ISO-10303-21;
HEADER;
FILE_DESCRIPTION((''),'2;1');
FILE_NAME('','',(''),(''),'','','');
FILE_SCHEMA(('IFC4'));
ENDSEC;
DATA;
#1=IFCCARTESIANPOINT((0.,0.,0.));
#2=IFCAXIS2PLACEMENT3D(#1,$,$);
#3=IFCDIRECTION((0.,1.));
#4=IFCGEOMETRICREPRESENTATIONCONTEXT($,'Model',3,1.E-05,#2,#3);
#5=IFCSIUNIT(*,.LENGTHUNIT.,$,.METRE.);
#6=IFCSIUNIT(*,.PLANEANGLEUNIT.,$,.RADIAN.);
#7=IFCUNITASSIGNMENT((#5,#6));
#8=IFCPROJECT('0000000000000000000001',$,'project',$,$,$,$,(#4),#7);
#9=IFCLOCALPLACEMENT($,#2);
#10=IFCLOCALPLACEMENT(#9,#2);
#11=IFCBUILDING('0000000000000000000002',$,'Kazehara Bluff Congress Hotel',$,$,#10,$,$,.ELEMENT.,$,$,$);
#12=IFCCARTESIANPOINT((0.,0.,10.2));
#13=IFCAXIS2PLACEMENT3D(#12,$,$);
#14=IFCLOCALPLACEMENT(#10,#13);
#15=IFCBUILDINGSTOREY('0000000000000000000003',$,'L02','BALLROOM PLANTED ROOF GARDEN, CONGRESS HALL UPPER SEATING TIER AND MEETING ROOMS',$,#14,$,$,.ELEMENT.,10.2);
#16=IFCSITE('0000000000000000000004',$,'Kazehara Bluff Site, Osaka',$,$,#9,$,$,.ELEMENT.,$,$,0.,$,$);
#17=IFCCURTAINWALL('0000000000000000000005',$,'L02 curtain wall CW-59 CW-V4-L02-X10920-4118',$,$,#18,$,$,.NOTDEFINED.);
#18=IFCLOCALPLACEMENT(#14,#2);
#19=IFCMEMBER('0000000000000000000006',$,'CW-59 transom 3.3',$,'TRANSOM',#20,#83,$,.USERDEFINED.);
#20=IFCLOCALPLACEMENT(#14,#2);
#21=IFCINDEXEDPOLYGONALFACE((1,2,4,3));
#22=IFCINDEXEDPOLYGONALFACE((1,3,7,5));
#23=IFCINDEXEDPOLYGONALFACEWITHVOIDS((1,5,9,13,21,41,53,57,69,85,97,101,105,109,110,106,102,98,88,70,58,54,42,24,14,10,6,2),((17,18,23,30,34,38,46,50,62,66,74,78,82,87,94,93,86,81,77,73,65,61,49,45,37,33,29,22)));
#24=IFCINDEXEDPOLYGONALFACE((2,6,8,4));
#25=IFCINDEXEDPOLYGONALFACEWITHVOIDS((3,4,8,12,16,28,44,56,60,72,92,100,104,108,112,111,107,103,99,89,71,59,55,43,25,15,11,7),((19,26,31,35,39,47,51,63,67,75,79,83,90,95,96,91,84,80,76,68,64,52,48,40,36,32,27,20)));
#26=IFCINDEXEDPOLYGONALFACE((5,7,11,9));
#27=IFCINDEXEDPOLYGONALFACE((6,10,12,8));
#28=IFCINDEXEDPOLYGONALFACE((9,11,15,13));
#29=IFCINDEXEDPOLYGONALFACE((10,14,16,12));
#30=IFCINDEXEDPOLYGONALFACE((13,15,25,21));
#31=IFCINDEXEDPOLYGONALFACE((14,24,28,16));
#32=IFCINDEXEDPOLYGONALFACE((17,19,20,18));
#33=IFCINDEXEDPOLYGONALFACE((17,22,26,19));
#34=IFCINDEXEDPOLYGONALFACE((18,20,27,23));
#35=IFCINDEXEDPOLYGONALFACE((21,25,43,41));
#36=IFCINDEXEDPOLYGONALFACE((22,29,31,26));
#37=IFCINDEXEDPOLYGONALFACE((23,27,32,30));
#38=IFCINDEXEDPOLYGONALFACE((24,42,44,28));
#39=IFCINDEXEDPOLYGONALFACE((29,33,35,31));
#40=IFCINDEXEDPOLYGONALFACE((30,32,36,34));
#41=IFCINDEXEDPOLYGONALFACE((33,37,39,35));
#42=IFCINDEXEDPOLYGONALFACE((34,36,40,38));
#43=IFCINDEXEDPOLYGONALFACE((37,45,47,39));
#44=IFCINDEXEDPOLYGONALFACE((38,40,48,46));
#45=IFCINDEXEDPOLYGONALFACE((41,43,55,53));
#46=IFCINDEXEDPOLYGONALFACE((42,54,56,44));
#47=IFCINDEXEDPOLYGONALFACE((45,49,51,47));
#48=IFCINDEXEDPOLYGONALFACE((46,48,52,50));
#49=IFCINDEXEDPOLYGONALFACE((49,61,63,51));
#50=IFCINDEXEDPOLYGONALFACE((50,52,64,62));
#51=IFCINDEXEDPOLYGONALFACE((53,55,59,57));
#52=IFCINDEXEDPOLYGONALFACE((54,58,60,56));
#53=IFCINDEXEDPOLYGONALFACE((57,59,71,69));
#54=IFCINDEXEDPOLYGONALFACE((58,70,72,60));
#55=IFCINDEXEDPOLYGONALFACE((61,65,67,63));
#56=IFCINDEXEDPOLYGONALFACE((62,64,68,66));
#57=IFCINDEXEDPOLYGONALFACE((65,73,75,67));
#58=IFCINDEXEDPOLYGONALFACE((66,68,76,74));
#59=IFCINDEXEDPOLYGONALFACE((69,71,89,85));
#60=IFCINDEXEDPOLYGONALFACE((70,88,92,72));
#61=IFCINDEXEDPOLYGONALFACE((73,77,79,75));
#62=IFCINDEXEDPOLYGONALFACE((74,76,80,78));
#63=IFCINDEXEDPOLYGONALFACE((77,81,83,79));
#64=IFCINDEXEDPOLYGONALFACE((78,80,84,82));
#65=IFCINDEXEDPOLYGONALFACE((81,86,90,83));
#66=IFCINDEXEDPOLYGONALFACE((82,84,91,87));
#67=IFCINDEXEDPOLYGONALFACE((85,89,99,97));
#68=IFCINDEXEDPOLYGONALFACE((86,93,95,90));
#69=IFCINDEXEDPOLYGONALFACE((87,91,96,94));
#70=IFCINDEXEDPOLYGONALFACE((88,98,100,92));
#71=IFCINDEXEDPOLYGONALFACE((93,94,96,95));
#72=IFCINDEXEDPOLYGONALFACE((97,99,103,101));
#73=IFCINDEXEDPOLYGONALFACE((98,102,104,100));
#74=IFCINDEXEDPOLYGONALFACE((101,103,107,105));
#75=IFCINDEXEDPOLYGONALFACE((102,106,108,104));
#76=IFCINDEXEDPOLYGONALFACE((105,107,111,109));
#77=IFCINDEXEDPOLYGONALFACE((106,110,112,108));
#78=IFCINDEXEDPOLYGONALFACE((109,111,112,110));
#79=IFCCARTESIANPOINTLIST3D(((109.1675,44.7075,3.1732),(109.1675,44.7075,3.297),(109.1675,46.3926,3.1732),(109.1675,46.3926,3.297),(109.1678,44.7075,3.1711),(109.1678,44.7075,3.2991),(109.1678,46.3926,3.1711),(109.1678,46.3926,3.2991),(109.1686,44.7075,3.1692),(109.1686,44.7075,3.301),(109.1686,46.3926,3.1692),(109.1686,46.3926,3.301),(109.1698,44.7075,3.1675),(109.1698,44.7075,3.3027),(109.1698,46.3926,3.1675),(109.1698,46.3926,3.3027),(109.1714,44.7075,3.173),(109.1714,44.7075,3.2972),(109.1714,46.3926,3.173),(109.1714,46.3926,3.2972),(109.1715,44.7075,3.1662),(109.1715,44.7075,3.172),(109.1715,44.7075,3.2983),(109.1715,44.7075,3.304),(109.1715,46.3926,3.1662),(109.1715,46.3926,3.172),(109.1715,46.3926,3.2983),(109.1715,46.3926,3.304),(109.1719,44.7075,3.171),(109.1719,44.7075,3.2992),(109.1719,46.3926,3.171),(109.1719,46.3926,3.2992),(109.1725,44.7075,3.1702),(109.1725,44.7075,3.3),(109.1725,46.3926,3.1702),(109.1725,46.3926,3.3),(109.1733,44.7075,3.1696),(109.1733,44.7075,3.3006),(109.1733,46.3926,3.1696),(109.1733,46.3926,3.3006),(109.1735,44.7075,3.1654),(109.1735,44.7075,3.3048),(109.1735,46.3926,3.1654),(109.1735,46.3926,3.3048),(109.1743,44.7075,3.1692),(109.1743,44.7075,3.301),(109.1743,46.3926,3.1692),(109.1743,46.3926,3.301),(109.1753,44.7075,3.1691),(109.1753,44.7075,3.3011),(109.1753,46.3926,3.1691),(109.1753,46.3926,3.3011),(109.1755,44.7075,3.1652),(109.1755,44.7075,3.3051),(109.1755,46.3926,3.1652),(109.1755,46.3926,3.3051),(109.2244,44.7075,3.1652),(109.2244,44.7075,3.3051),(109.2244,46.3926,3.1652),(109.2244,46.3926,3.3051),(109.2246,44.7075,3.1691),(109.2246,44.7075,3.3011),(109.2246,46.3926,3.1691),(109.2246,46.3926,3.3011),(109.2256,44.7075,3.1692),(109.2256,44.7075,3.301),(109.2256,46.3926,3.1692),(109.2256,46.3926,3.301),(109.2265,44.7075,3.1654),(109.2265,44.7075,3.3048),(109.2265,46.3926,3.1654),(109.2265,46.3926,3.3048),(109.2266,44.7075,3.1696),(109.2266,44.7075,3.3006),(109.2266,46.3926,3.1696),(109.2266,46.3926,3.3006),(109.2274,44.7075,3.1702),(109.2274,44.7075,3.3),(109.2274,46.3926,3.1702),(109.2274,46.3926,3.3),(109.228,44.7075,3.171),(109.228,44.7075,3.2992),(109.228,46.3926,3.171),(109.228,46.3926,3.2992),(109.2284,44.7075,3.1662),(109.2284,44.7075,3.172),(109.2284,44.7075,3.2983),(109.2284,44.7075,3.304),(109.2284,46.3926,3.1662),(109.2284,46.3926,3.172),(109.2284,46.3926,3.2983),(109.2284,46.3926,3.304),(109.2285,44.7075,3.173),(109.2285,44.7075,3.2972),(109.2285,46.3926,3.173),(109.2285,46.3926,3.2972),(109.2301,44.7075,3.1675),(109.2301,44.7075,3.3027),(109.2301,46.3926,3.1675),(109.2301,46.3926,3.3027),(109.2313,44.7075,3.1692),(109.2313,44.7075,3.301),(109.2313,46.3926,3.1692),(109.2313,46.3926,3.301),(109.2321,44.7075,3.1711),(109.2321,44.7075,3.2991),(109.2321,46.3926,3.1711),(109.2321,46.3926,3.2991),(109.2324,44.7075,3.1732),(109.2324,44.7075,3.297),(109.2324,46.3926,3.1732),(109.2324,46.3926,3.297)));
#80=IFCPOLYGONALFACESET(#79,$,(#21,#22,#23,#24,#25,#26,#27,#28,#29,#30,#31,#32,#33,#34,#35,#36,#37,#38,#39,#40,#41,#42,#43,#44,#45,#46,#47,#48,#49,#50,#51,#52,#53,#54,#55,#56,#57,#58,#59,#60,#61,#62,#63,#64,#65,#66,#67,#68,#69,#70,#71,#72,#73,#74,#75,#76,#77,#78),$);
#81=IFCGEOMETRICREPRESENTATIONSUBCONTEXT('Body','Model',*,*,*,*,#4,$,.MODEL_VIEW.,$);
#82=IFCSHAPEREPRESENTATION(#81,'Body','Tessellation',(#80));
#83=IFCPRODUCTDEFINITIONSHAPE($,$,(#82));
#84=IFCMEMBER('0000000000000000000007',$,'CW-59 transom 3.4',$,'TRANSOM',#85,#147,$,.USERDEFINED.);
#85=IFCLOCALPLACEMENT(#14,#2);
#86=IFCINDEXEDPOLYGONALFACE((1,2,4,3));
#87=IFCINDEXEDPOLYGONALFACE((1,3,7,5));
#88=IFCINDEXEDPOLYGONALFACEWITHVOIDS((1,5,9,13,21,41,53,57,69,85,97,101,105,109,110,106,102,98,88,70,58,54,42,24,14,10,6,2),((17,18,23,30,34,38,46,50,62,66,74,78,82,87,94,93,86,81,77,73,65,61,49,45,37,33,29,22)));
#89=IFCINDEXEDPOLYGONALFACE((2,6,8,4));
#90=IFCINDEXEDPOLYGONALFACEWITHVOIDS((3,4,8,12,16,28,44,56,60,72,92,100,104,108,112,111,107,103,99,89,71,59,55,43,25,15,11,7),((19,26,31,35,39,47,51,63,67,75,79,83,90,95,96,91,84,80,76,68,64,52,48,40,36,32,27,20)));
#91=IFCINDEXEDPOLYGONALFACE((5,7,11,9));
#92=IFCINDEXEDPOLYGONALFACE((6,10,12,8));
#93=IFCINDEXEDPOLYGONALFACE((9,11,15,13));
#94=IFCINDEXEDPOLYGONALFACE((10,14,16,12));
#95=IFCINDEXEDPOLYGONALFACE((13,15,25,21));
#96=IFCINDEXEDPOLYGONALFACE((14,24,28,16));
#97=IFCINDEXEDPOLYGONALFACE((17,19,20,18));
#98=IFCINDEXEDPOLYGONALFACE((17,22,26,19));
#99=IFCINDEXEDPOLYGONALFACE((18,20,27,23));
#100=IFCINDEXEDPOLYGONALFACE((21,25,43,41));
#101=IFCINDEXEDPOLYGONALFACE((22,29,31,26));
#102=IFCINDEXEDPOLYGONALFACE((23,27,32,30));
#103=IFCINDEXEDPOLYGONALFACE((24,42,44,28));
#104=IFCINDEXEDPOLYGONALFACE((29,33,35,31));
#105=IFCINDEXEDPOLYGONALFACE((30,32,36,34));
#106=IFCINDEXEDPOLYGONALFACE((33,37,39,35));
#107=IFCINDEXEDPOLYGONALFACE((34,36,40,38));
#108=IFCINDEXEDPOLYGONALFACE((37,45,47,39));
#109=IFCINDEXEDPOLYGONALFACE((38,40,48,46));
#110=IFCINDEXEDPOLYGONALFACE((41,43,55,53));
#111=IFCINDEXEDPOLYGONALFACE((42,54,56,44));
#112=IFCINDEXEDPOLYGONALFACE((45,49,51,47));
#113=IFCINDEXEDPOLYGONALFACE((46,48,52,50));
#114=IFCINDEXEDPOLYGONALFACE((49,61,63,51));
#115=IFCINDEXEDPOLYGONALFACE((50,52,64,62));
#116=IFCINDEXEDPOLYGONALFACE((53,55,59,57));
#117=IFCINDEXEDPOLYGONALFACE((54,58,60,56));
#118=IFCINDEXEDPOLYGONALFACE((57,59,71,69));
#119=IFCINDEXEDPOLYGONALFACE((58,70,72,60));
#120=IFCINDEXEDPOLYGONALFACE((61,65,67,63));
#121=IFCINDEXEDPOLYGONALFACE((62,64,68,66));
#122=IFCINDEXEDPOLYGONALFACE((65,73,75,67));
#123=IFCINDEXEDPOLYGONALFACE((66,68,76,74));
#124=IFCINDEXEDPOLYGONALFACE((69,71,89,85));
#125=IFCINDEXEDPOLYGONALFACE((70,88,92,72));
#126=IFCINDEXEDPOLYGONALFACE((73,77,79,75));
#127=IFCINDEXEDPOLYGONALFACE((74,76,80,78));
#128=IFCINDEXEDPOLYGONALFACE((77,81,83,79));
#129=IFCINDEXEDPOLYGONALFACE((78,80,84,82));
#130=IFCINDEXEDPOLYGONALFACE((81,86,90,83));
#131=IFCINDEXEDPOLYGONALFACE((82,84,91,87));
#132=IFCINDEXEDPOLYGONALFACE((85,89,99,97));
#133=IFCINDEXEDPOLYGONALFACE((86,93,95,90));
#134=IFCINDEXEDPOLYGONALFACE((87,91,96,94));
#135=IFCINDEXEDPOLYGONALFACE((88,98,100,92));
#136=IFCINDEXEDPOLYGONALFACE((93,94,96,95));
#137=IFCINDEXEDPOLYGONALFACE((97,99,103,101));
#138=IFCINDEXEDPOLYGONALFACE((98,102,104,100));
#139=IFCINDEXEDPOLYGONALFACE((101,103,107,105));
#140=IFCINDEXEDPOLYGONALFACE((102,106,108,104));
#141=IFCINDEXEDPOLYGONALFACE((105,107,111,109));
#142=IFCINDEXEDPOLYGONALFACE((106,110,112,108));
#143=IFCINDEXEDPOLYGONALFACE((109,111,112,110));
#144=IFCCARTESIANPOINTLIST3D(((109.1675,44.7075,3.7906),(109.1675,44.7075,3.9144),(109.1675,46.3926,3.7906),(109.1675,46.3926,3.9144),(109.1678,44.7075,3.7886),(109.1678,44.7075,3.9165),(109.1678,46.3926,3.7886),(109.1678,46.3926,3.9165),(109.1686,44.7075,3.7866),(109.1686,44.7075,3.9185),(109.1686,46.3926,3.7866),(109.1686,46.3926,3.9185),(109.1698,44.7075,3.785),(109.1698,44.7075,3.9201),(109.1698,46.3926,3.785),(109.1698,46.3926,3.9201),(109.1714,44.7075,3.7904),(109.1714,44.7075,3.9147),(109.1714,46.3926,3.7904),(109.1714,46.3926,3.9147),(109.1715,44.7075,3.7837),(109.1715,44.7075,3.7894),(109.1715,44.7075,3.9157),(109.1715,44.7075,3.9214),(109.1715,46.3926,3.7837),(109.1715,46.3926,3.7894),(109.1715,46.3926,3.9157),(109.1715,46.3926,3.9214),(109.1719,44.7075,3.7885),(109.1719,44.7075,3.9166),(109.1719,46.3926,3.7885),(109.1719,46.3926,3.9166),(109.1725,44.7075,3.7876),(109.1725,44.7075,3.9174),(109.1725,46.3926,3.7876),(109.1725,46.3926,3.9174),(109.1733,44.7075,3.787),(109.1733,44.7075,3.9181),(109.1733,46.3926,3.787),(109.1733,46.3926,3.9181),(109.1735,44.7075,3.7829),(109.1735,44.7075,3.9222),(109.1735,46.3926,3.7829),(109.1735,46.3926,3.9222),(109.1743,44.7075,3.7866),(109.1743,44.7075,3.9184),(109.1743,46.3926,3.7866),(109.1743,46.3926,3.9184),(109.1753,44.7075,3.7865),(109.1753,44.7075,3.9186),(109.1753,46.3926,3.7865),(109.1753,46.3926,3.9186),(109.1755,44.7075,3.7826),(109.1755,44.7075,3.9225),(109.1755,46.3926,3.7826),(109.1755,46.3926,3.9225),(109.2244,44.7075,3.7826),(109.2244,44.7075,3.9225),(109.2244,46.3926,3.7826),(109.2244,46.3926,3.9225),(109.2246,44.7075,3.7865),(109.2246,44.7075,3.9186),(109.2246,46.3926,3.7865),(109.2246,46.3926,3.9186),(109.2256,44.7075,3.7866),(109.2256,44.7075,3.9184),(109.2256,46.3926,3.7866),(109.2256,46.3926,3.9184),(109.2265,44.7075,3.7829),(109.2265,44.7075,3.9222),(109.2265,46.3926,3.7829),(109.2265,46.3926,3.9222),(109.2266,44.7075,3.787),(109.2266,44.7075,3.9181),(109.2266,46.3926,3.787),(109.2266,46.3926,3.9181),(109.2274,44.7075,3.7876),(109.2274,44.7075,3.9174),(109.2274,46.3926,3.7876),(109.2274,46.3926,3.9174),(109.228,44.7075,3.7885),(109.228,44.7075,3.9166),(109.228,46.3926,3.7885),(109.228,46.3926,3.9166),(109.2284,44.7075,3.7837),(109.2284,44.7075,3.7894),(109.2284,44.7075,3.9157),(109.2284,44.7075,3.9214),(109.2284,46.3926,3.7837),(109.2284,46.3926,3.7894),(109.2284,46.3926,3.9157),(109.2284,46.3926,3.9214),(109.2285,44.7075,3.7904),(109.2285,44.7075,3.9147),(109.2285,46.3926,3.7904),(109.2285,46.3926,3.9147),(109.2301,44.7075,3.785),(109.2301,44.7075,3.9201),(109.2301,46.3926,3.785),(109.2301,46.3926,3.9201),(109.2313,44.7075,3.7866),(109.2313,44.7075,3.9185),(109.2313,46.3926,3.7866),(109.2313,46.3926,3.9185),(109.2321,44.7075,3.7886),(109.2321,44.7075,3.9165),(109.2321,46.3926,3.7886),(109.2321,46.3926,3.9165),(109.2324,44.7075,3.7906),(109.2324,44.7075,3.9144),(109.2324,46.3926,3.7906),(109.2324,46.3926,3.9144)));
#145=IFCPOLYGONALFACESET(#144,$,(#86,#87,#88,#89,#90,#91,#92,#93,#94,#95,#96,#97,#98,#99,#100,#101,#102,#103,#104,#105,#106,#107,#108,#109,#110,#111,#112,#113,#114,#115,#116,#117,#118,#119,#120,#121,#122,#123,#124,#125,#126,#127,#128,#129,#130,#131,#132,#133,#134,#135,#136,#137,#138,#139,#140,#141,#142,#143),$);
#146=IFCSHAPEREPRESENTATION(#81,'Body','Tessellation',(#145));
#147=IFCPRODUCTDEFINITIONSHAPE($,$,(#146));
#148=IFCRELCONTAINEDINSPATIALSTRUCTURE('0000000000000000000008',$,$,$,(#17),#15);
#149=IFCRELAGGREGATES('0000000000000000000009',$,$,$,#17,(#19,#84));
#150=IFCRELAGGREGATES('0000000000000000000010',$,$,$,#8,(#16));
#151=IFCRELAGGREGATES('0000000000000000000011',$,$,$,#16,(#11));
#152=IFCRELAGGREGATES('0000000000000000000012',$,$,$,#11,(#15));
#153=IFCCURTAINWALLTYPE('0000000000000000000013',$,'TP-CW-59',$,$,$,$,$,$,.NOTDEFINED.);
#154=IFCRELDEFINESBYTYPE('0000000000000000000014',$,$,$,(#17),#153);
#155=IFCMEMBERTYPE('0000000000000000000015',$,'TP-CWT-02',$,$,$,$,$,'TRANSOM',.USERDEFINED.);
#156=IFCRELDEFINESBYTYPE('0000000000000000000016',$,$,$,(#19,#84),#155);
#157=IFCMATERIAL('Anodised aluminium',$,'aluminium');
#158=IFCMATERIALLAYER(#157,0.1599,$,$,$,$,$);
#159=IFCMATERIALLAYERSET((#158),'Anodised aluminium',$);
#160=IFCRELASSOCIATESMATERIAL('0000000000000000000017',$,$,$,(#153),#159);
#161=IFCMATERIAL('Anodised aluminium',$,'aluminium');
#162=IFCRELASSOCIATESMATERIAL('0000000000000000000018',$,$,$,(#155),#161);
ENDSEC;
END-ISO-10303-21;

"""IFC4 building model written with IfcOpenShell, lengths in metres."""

from ifc_helpers import new_model, si_unit, direction, frame, origin, origin_2d, place, context, subcontext, project, spatial, hollow_rectangle, extrude, material, layer, layer_set, material_profile, profile_set, type_object, element, aggregate, save


model = new_model("IFC4")

# Units and contexts
model_context = context("Model", 3, precision=1e-05, world=origin(), true_north=direction((0.0, 1.0)))
body_context = subcontext(model_context, "Body", "Model", "MODEL_VIEW")
ifc_project = project(units=[si_unit("LENGTHUNIT", "METRE"), si_unit("PLANEANGLEUNIT", "RADIAN")], contexts=[model_context])

# Site, building, storey
site_placement = place(None, origin())
site = spatial("IfcSite", under=ifc_project, at=site_placement, Name="Kazehara Bluff Site, Osaka", CompositionType="ELEMENT", RefElevation=0.0)
building_placement = place(site_placement, origin())
building = spatial("IfcBuilding", under=site, at=building_placement, Name="Kazehara Bluff Congress Hotel", CompositionType="ELEMENT")
storey_placement = place(building_placement, frame((0.0, 0.0, 10.2)))
storey = spatial("IfcBuildingStorey", under=building, at=storey_placement, Name="L02", Description="BALLROOM PLANTED ROOF GARDEN, CONGRESS HALL UPPER SEATING TIER AND MEETING ROOMS", CompositionType="ELEMENT", Elevation=10.2)

# Curtain wall
ifc_material_1 = material(Name="Anodised aluminium", Category="aluminium")
ifc_layer_1 = layer(ifc_material_1, 0.1599)
ifc_layer_set_1 = layer_set([ifc_layer_1], Name="Anodised aluminium")
curtain_wall_type_1 = type_object("IfcCurtainWallType", Name="TP-CW-59", PredefinedType="NOTDEFINED", material=ifc_layer_set_1)
curtain_wall_1_placement = place(storey_placement, origin())
curtain_wall_1 = element("IfcCurtainWall", 1, at=curtain_wall_1_placement, inside=storey, type_object=curtain_wall_type_1, Name="L02 curtain wall CW-59 CW-V4-L02-X10920-4118", PredefinedType="NOTDEFINED")

# Members
ifc_material_2 = material(Name="Anodised aluminium", Category="aluminium")
ifc_material_profile_1 = material_profile(ifc_material_2, hollow_rectangle(XDim=0.0649, YDim=0.1399, WallThickness=0.0039, InnerFilletRadius=0.0039, OuterFilletRadius=0.0081, at=origin_2d()))
ifc_profile_set_1 = profile_set([ifc_material_profile_1], Name="Anodised aluminium")
member_type_1 = type_object("IfcMemberType", Name="TP-CWT-02", ElementType="TRANSOM", PredefinedType="USERDEFINED", material=ifc_profile_set_1)
member_1_placement = place(storey_placement, frame((109.2, 44.7075, 3.2351), z_axis=(0.0, 1.0, 0.0), x_axis=(-1.0, 0.0, 0.0)))
member_1 = element("IfcMember", 2, at=member_1_placement, type_object=member_type_1, Name="CW-59 transom 3.3", ObjectType="TRANSOM", PredefinedType="USERDEFINED", context=body_context, shape_type="SweptSolid", body=[
    extrude(hollow_rectangle(XDim=0.0649, YDim=0.1399, WallThickness=0.0039, InnerFilletRadius=0.0039, OuterFilletRadius=0.0081, at=origin_2d()), origin(), (0.0, 0.0, 1.0), 1.6851),
])
member_2_placement = place(storey_placement, frame((109.2, 44.7075, 3.8525), z_axis=(0.0, 1.0, 0.0), x_axis=(-1.0, 0.0, 0.0)))
member_2 = element("IfcMember", 3, at=member_2_placement, type_object=member_type_1, Name="CW-59 transom 3.4", ObjectType="TRANSOM", PredefinedType="USERDEFINED", context=body_context, shape_type="SweptSolid", body=[
    extrude(hollow_rectangle(XDim=0.0649, YDim=0.1399, WallThickness=0.0039, InnerFilletRadius=0.0039, OuterFilletRadius=0.0081, at=origin_2d()), origin(), (0.0, 0.0, 1.0), 1.6851),
])

aggregate(curtain_wall_1, [member_1, member_2])

save(model, "model.ifc")
